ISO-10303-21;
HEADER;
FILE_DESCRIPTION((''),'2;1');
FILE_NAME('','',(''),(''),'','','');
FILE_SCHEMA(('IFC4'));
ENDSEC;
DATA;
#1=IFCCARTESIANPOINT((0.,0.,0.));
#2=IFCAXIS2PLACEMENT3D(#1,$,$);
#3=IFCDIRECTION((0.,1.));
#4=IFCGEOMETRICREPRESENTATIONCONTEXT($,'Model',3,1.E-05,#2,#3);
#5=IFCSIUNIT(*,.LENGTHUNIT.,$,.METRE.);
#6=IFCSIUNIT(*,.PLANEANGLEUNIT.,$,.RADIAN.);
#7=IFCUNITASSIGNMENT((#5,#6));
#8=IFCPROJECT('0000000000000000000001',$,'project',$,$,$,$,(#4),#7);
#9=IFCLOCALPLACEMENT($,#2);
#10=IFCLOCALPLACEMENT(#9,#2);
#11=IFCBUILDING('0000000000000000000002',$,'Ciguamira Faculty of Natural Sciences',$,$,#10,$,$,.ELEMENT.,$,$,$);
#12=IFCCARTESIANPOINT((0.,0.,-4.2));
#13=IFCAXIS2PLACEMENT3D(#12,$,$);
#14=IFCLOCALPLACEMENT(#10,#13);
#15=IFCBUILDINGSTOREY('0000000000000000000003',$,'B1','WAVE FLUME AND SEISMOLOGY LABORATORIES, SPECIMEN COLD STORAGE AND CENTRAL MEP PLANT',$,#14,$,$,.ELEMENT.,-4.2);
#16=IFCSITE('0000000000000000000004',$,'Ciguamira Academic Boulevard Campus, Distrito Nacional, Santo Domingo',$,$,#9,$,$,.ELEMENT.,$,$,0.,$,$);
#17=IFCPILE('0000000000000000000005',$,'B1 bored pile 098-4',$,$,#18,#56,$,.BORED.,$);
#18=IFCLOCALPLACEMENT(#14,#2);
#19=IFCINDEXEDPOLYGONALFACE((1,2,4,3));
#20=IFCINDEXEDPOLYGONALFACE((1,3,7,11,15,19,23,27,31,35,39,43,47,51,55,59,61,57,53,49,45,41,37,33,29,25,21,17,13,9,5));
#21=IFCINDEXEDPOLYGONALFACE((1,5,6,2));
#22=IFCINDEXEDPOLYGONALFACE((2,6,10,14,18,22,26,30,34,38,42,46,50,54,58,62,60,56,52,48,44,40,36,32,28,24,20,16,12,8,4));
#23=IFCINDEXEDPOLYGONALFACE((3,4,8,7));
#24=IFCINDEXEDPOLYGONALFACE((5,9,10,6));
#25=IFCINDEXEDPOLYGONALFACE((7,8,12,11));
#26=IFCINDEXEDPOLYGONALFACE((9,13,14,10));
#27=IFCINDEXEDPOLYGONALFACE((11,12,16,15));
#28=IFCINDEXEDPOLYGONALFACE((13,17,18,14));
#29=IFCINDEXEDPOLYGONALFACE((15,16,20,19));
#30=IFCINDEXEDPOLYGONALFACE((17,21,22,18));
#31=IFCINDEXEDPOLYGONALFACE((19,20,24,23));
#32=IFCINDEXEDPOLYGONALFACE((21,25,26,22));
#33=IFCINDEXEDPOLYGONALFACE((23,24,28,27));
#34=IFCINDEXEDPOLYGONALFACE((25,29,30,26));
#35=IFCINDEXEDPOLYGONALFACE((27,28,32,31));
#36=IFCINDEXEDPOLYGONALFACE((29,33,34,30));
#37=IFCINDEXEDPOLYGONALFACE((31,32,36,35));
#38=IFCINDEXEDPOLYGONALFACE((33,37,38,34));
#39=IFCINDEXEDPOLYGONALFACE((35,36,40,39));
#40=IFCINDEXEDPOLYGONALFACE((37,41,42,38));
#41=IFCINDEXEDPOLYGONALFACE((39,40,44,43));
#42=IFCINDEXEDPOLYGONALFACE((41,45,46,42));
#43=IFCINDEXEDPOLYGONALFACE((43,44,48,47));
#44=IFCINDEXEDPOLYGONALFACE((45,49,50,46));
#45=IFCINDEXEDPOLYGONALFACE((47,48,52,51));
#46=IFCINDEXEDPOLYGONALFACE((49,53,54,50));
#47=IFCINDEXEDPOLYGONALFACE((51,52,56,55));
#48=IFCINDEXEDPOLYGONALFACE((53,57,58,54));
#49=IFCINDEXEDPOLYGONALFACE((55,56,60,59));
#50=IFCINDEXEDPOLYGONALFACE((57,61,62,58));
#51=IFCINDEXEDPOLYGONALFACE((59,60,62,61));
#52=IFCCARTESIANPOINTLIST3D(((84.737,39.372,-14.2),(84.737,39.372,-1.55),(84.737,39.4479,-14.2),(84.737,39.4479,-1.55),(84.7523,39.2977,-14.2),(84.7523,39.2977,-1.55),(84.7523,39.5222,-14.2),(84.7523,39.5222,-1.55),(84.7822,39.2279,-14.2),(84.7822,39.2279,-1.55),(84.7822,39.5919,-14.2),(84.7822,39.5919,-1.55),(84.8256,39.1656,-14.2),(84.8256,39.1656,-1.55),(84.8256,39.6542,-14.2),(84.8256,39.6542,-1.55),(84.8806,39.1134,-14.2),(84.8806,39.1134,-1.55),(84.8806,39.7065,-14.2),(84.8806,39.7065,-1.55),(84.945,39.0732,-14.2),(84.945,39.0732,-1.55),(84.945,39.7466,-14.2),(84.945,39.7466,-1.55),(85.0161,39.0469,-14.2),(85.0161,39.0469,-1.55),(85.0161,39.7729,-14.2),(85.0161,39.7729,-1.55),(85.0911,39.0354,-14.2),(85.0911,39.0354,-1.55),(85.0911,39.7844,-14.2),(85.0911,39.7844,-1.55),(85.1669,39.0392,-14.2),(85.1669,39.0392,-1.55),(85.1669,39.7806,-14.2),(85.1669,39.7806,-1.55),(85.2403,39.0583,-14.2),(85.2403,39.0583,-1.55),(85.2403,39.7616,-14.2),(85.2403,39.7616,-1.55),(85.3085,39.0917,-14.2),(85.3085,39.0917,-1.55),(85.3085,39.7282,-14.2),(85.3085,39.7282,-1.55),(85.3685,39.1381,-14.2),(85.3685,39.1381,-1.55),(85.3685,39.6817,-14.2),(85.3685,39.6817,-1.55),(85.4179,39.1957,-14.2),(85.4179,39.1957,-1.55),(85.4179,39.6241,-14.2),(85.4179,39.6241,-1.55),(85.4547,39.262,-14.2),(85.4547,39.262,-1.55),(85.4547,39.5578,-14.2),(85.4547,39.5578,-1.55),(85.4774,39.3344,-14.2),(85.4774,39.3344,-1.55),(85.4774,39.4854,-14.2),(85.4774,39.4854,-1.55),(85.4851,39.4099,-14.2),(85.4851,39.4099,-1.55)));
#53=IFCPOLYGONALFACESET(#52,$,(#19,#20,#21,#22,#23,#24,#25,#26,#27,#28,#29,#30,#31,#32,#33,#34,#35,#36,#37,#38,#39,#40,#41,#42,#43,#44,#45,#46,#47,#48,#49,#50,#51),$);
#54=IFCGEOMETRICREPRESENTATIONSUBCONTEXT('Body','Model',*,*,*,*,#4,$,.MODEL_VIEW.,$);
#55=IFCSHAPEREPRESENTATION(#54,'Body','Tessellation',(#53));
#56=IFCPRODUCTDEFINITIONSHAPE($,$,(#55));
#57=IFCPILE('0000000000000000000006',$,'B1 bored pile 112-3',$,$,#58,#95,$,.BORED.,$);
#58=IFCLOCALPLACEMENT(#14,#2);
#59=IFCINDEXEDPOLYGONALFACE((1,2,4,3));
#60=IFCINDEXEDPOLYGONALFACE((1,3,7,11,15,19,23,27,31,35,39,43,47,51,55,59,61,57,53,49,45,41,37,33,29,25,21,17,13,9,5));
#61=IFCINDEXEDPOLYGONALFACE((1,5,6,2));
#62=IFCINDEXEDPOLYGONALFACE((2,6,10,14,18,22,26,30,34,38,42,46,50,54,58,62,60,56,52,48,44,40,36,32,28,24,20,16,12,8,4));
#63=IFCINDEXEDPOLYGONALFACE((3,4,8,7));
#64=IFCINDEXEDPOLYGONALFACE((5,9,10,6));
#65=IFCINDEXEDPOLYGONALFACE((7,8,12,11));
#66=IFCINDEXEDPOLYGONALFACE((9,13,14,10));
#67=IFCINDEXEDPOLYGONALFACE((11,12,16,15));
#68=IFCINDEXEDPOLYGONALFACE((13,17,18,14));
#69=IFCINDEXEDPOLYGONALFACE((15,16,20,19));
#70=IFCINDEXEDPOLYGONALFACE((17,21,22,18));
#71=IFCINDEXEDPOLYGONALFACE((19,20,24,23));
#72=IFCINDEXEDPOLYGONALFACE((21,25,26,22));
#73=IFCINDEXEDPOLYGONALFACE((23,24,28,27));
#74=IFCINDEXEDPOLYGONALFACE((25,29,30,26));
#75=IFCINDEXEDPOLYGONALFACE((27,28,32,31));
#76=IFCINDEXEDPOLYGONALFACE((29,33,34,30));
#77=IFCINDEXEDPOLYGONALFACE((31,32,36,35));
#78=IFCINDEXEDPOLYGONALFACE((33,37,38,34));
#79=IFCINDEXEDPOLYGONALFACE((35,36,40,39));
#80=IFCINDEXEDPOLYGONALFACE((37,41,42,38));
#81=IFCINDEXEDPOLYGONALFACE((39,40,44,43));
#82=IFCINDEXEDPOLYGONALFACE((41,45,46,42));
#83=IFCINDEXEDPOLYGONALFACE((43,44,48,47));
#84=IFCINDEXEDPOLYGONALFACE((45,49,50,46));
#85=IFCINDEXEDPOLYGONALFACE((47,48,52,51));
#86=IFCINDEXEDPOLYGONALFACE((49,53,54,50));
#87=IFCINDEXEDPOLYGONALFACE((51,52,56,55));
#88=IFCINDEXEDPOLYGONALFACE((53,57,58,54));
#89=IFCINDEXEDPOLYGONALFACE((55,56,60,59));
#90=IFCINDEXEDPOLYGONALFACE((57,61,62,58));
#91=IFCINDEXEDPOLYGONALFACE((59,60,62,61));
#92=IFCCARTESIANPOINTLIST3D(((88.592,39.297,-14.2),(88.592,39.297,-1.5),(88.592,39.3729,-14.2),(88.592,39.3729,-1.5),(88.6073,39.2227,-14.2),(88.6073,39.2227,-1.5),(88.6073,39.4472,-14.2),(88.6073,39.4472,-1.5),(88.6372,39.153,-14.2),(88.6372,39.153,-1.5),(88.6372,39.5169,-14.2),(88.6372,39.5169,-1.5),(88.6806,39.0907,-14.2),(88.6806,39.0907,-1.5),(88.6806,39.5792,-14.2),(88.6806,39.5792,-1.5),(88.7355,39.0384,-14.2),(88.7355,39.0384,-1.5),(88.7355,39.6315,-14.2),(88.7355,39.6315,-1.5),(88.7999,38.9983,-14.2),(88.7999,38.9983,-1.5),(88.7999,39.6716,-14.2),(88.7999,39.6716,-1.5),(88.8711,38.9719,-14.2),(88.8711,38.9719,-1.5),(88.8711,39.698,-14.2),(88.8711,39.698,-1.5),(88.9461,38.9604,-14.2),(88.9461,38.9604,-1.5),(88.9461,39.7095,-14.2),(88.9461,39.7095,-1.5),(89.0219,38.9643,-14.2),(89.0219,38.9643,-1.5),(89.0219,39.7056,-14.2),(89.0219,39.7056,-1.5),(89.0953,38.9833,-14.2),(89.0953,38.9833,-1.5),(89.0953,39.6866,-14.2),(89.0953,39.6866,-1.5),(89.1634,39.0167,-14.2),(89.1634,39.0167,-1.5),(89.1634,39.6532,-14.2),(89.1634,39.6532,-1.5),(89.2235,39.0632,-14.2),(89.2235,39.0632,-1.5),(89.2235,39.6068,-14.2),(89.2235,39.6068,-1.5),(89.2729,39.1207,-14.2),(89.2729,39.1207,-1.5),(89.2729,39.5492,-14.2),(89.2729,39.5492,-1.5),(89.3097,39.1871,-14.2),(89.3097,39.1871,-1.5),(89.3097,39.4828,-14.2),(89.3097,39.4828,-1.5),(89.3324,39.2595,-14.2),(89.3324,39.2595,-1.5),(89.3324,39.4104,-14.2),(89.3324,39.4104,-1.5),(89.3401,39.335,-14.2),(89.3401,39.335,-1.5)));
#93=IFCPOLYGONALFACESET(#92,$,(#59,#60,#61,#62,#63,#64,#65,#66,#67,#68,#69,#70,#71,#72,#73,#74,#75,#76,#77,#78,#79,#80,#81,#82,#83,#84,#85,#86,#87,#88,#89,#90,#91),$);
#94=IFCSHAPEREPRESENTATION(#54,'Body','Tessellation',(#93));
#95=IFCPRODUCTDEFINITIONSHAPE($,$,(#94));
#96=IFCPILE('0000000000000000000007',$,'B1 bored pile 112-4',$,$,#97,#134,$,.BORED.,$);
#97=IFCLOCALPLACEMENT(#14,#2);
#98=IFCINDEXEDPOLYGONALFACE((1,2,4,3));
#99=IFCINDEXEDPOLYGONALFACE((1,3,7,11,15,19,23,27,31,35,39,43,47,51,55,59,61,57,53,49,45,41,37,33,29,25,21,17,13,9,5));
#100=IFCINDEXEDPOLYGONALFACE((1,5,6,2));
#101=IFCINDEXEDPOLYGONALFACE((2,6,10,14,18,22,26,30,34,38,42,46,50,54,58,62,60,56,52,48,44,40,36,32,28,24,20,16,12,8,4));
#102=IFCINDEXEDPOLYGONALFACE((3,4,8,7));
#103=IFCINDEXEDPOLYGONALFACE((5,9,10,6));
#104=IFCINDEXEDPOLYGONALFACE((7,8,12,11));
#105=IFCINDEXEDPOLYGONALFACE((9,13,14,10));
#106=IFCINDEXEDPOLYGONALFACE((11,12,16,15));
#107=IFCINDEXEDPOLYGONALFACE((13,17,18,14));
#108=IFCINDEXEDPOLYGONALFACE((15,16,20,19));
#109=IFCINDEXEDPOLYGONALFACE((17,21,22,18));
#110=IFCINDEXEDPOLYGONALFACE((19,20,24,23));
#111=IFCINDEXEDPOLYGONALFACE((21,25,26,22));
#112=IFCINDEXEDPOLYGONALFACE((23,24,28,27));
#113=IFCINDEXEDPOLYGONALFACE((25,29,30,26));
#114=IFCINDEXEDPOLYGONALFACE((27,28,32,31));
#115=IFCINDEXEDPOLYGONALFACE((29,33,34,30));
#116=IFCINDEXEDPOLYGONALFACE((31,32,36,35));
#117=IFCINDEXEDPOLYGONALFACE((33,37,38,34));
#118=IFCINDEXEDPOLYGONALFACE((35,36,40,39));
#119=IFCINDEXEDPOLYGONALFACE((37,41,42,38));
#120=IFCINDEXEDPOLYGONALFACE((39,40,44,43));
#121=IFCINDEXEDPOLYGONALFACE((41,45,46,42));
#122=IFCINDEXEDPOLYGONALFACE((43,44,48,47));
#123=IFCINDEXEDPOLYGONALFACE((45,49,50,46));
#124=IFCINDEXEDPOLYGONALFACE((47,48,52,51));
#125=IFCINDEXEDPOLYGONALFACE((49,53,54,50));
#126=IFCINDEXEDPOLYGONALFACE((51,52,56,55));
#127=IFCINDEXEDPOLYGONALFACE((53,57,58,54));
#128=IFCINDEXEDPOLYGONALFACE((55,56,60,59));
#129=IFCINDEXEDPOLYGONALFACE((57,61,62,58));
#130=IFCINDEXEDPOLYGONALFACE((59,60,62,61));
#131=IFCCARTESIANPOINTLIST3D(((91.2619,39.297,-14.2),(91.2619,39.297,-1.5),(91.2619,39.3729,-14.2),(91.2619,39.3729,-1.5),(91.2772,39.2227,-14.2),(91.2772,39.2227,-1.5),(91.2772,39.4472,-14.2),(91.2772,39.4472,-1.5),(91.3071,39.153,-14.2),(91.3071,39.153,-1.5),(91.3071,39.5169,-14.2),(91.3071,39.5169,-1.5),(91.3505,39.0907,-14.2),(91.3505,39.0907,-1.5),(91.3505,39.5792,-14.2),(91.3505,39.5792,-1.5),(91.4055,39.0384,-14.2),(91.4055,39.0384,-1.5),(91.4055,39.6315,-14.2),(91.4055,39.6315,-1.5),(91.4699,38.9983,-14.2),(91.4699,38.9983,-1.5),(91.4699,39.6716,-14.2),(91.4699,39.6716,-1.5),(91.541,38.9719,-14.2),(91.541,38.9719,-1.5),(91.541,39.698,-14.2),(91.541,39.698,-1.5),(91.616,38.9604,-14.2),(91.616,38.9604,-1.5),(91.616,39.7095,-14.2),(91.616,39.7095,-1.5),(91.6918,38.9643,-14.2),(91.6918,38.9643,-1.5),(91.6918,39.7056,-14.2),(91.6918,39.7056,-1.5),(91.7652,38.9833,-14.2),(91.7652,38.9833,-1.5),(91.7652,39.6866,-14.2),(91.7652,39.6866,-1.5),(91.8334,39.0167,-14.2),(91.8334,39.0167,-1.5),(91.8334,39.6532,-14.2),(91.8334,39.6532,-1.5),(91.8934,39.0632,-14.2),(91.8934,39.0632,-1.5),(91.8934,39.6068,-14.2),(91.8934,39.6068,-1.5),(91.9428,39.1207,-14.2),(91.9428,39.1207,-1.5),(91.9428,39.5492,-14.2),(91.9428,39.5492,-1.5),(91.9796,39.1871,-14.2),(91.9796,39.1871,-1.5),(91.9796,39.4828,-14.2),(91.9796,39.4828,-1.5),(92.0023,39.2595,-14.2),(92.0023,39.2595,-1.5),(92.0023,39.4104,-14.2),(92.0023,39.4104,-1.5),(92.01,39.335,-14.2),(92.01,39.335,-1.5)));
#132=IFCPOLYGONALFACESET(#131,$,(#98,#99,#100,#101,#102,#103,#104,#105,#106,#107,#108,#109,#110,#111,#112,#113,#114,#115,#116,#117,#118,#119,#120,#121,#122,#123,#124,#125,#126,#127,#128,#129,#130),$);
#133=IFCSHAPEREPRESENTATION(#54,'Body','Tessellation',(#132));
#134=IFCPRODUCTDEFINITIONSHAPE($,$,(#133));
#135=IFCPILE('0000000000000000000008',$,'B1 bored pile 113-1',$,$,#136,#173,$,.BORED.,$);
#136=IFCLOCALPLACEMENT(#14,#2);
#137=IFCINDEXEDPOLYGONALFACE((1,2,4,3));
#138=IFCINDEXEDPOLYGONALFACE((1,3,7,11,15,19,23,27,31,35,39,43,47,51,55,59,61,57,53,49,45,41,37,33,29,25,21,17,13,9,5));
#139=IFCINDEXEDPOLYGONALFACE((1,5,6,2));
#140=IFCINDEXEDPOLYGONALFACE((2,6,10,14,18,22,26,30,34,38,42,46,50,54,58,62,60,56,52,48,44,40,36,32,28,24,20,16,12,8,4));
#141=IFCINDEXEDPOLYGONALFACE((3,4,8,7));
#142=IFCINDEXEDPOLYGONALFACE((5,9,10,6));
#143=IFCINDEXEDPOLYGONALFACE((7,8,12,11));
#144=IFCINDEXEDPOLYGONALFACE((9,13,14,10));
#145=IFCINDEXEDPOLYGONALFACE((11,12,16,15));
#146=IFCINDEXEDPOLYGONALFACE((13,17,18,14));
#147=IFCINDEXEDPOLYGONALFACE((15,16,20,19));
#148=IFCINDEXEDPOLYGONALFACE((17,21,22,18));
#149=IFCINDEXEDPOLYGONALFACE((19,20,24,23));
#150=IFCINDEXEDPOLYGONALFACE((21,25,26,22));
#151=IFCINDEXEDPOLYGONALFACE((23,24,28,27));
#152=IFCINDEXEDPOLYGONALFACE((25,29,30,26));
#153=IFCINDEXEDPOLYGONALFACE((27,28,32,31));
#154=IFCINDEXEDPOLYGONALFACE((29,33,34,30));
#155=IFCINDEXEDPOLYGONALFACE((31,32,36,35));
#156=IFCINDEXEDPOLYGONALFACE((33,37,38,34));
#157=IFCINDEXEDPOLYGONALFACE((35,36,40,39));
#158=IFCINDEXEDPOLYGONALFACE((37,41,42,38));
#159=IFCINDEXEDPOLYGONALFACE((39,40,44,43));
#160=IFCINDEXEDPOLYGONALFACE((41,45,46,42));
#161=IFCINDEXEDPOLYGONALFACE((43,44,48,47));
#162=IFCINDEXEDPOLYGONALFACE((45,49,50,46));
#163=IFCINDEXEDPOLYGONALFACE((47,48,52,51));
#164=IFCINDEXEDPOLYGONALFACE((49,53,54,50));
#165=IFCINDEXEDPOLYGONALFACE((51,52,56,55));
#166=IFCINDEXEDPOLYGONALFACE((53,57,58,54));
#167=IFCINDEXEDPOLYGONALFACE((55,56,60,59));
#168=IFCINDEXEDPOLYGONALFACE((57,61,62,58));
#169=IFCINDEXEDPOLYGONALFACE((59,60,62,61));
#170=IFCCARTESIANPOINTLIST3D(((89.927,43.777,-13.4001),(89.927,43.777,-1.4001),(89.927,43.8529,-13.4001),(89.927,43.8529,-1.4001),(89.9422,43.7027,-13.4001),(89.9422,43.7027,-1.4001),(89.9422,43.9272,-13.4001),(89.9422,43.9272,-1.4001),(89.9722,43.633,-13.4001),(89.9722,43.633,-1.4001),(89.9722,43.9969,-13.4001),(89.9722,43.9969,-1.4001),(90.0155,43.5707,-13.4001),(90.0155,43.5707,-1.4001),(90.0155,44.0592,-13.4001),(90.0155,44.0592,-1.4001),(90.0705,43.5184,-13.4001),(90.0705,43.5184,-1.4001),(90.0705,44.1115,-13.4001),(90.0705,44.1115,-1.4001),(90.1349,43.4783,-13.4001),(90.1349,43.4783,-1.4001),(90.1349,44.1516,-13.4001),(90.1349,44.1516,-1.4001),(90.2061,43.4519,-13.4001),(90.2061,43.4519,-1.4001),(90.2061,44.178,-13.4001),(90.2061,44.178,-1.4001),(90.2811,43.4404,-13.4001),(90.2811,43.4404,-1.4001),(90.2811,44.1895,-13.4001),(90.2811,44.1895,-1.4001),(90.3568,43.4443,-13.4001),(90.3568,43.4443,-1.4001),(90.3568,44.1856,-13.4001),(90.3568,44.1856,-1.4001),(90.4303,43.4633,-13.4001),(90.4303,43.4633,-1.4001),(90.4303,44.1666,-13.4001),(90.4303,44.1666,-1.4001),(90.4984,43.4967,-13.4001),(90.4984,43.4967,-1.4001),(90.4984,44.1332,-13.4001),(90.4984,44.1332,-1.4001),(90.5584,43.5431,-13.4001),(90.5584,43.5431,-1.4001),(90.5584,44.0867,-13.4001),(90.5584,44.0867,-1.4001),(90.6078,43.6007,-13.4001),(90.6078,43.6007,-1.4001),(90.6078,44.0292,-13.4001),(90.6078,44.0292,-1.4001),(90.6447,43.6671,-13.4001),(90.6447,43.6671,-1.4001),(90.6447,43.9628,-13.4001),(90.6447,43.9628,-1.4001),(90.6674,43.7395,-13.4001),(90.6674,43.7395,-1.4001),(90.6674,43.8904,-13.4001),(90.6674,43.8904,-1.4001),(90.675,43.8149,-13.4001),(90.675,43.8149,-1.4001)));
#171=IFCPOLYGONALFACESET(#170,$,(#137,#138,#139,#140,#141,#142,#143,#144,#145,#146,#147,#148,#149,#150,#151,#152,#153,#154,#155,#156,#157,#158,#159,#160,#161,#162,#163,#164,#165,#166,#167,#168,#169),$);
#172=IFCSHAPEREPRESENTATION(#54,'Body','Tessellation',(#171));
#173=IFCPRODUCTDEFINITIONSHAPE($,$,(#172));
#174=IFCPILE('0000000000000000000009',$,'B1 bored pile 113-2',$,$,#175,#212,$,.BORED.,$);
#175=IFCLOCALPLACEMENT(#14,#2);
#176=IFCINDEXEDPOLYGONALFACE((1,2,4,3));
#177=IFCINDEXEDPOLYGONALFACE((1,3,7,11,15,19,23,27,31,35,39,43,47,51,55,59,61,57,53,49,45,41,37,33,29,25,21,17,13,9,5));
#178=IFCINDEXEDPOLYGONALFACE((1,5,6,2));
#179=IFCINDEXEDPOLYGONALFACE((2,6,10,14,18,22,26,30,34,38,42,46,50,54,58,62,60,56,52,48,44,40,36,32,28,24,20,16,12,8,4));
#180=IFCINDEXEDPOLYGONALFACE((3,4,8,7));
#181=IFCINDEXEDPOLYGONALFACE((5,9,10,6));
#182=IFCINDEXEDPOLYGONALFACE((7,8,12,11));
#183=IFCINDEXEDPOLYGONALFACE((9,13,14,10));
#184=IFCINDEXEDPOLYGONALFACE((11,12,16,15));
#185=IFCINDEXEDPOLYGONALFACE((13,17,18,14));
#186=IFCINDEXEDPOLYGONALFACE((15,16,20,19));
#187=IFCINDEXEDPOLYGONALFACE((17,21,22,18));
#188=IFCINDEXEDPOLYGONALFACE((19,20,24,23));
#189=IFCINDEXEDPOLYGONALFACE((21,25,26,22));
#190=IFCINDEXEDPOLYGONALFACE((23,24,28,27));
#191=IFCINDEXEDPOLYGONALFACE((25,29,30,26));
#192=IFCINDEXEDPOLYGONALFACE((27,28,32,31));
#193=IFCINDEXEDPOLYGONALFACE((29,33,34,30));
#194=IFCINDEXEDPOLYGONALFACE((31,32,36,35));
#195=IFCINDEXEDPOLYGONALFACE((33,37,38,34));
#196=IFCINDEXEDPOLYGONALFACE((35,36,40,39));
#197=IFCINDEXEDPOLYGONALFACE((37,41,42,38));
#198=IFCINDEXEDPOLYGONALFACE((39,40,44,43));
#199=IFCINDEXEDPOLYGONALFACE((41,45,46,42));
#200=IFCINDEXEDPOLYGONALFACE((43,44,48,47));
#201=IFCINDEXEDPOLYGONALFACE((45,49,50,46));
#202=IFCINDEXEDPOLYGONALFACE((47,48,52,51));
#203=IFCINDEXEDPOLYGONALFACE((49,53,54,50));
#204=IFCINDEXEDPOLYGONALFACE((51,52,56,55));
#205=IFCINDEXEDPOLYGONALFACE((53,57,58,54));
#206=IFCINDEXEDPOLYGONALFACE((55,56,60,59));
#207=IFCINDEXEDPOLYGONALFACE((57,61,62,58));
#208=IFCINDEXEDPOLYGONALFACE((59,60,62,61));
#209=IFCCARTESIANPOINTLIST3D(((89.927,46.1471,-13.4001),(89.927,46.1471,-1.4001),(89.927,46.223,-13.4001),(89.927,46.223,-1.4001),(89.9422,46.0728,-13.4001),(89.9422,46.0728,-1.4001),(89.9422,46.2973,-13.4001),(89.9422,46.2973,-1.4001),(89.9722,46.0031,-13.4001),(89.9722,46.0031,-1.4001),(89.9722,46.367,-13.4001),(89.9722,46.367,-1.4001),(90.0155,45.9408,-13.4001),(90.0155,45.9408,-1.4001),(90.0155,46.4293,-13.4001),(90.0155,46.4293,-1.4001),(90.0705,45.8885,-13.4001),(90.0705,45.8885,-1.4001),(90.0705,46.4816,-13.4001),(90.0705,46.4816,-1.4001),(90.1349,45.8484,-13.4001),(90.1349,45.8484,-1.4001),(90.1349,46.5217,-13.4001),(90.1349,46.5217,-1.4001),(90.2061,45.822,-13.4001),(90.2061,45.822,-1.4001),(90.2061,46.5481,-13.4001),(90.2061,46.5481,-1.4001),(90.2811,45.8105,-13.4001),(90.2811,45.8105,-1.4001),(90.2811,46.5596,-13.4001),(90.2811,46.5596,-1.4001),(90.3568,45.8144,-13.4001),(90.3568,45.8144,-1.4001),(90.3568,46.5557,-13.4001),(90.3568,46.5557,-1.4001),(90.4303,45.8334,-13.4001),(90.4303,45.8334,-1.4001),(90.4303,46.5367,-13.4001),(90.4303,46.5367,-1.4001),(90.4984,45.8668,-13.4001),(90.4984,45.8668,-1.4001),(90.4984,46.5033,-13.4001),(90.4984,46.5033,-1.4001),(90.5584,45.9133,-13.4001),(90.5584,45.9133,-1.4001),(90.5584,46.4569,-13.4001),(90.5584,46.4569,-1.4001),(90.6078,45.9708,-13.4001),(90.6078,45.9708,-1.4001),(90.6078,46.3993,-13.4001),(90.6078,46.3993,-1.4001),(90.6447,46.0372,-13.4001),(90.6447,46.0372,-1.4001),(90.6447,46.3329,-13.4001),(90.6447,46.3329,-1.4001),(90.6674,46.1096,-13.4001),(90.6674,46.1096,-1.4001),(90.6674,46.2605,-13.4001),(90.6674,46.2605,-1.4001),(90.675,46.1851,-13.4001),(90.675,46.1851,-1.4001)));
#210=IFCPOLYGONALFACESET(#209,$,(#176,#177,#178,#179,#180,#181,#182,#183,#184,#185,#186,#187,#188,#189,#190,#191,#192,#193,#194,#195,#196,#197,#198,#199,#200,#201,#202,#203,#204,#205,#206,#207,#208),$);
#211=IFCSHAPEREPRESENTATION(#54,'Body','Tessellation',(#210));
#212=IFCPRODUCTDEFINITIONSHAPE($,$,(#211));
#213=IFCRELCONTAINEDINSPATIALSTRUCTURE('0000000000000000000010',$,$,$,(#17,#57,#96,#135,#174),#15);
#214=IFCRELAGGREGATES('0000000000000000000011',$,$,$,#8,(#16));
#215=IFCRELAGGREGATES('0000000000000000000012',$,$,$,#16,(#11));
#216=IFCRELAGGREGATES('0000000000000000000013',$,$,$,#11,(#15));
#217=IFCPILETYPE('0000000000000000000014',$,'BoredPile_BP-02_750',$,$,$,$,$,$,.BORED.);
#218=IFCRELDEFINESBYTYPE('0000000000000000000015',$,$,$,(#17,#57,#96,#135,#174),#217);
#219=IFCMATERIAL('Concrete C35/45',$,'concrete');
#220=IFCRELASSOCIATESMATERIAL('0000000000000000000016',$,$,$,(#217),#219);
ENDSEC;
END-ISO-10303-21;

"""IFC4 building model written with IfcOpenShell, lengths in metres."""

from ifc_helpers import new_model, si_unit, direction, frame, origin, origin_2d, place, context, subcontext, project, spatial, circle, extrude, material, material_profile, profile_set, type_object, element, save


model = new_model("IFC4")

# Units and contexts
model_context = context("Model", 3, precision=1e-05, world=origin(), true_north=direction((0.0, 1.0)))
body_context = subcontext(model_context, "Body", "Model", "MODEL_VIEW")
ifc_project = project(units=[si_unit("LENGTHUNIT", "METRE"), si_unit("PLANEANGLEUNIT", "RADIAN")], contexts=[model_context])

# Site, building, storey
site_placement = place(None, origin())
site = spatial("IfcSite", under=ifc_project, at=site_placement, Name="Ciguamira Academic Boulevard Campus, Distrito Nacional, Santo Domingo", CompositionType="ELEMENT", RefElevation=0.0)
building_placement = place(site_placement, origin())
building = spatial("IfcBuilding", under=site, at=building_placement, Name="Ciguamira Faculty of Natural Sciences", CompositionType="ELEMENT")
storey_placement = place(building_placement, frame((0.0, 0.0, -4.2)))
storey = spatial("IfcBuildingStorey", under=building, at=storey_placement, Name="B1", Description="WAVE FLUME AND SEISMOLOGY LABORATORIES, SPECIMEN COLD STORAGE AND CENTRAL MEP PLANT", CompositionType="ELEMENT", Elevation=-4.2)

# Piles
ifc_material_1 = material(Name="Concrete C35/45", Category="concrete")
ifc_material_profile_1 = material_profile(ifc_material_1, circle(Radius=0.375, at=origin_2d()), Name="PILE-BORED-750")
ifc_profile_set_1 = profile_set([ifc_material_profile_1], Name="Concrete C35/45")
pile_type = type_object("IfcPileType", Name="BoredPile_BP-02_750", PredefinedType="BORED", material=ifc_profile_set_1)
pile_1_placement = place(storey_placement, frame((85.1101, 39.4099, -1.55), z_axis=(0.0, 0.0, -1.0), x_axis=(1.0, 0.0, 0.0)))
element("IfcPile", 1, at=pile_1_placement, inside=storey, type_object=pile_type, Name="B1 bored pile 098-4", PredefinedType="BORED", context=body_context, shape_type="SweptSolid", body=[
    extrude(circle(Radius=0.375, at=origin_2d()), origin(), (0.0, 0.0, 1.0), 12.6499),
])
for number, where, z_axis, x_axis, name in (
    (2, (88.9651, 39.335, -1.5), (0.0, 0.0, -1.0), (1.0, 0.0, 0.0), "B1 bored pile 112-3"),
    (3, (91.635, 39.335, -1.5), (0.0, 0.0, -1.0), (1.0, 0.0, 0.0), "B1 bored pile 112-4"),
):
    element("IfcPile", number, at=place(storey_placement, frame(where, z_axis=z_axis, x_axis=x_axis)), inside=storey, type_object=pile_type, Name=name, PredefinedType="BORED", context=body_context, shape_type="SweptSolid", body=[
        extrude(circle(Radius=0.375, at=origin_2d()), origin(), (0.0, 0.0, 1.0), 12.7),
    ])
for number, where, z_axis, x_axis, name in (
    (4, (90.3, 43.8149, -1.4001), (0.0, 0.0, -1.0), (1.0, 0.0, 0.0), "B1 bored pile 113-1"),
    (5, (90.3, 46.1851, -1.4001), (0.0, 0.0, -1.0), (1.0, 0.0, 0.0), "B1 bored pile 113-2"),
):
    element("IfcPile", number, at=place(storey_placement, frame(where, z_axis=z_axis, x_axis=x_axis)), inside=storey, type_object=pile_type, Name=name, PredefinedType="BORED", context=body_context, shape_type="SweptSolid", body=[
        extrude(circle(Radius=0.375, at=origin_2d()), origin(), (0.0, 0.0, 1.0), 12.0),
    ])

save(model, "model.ifc")
